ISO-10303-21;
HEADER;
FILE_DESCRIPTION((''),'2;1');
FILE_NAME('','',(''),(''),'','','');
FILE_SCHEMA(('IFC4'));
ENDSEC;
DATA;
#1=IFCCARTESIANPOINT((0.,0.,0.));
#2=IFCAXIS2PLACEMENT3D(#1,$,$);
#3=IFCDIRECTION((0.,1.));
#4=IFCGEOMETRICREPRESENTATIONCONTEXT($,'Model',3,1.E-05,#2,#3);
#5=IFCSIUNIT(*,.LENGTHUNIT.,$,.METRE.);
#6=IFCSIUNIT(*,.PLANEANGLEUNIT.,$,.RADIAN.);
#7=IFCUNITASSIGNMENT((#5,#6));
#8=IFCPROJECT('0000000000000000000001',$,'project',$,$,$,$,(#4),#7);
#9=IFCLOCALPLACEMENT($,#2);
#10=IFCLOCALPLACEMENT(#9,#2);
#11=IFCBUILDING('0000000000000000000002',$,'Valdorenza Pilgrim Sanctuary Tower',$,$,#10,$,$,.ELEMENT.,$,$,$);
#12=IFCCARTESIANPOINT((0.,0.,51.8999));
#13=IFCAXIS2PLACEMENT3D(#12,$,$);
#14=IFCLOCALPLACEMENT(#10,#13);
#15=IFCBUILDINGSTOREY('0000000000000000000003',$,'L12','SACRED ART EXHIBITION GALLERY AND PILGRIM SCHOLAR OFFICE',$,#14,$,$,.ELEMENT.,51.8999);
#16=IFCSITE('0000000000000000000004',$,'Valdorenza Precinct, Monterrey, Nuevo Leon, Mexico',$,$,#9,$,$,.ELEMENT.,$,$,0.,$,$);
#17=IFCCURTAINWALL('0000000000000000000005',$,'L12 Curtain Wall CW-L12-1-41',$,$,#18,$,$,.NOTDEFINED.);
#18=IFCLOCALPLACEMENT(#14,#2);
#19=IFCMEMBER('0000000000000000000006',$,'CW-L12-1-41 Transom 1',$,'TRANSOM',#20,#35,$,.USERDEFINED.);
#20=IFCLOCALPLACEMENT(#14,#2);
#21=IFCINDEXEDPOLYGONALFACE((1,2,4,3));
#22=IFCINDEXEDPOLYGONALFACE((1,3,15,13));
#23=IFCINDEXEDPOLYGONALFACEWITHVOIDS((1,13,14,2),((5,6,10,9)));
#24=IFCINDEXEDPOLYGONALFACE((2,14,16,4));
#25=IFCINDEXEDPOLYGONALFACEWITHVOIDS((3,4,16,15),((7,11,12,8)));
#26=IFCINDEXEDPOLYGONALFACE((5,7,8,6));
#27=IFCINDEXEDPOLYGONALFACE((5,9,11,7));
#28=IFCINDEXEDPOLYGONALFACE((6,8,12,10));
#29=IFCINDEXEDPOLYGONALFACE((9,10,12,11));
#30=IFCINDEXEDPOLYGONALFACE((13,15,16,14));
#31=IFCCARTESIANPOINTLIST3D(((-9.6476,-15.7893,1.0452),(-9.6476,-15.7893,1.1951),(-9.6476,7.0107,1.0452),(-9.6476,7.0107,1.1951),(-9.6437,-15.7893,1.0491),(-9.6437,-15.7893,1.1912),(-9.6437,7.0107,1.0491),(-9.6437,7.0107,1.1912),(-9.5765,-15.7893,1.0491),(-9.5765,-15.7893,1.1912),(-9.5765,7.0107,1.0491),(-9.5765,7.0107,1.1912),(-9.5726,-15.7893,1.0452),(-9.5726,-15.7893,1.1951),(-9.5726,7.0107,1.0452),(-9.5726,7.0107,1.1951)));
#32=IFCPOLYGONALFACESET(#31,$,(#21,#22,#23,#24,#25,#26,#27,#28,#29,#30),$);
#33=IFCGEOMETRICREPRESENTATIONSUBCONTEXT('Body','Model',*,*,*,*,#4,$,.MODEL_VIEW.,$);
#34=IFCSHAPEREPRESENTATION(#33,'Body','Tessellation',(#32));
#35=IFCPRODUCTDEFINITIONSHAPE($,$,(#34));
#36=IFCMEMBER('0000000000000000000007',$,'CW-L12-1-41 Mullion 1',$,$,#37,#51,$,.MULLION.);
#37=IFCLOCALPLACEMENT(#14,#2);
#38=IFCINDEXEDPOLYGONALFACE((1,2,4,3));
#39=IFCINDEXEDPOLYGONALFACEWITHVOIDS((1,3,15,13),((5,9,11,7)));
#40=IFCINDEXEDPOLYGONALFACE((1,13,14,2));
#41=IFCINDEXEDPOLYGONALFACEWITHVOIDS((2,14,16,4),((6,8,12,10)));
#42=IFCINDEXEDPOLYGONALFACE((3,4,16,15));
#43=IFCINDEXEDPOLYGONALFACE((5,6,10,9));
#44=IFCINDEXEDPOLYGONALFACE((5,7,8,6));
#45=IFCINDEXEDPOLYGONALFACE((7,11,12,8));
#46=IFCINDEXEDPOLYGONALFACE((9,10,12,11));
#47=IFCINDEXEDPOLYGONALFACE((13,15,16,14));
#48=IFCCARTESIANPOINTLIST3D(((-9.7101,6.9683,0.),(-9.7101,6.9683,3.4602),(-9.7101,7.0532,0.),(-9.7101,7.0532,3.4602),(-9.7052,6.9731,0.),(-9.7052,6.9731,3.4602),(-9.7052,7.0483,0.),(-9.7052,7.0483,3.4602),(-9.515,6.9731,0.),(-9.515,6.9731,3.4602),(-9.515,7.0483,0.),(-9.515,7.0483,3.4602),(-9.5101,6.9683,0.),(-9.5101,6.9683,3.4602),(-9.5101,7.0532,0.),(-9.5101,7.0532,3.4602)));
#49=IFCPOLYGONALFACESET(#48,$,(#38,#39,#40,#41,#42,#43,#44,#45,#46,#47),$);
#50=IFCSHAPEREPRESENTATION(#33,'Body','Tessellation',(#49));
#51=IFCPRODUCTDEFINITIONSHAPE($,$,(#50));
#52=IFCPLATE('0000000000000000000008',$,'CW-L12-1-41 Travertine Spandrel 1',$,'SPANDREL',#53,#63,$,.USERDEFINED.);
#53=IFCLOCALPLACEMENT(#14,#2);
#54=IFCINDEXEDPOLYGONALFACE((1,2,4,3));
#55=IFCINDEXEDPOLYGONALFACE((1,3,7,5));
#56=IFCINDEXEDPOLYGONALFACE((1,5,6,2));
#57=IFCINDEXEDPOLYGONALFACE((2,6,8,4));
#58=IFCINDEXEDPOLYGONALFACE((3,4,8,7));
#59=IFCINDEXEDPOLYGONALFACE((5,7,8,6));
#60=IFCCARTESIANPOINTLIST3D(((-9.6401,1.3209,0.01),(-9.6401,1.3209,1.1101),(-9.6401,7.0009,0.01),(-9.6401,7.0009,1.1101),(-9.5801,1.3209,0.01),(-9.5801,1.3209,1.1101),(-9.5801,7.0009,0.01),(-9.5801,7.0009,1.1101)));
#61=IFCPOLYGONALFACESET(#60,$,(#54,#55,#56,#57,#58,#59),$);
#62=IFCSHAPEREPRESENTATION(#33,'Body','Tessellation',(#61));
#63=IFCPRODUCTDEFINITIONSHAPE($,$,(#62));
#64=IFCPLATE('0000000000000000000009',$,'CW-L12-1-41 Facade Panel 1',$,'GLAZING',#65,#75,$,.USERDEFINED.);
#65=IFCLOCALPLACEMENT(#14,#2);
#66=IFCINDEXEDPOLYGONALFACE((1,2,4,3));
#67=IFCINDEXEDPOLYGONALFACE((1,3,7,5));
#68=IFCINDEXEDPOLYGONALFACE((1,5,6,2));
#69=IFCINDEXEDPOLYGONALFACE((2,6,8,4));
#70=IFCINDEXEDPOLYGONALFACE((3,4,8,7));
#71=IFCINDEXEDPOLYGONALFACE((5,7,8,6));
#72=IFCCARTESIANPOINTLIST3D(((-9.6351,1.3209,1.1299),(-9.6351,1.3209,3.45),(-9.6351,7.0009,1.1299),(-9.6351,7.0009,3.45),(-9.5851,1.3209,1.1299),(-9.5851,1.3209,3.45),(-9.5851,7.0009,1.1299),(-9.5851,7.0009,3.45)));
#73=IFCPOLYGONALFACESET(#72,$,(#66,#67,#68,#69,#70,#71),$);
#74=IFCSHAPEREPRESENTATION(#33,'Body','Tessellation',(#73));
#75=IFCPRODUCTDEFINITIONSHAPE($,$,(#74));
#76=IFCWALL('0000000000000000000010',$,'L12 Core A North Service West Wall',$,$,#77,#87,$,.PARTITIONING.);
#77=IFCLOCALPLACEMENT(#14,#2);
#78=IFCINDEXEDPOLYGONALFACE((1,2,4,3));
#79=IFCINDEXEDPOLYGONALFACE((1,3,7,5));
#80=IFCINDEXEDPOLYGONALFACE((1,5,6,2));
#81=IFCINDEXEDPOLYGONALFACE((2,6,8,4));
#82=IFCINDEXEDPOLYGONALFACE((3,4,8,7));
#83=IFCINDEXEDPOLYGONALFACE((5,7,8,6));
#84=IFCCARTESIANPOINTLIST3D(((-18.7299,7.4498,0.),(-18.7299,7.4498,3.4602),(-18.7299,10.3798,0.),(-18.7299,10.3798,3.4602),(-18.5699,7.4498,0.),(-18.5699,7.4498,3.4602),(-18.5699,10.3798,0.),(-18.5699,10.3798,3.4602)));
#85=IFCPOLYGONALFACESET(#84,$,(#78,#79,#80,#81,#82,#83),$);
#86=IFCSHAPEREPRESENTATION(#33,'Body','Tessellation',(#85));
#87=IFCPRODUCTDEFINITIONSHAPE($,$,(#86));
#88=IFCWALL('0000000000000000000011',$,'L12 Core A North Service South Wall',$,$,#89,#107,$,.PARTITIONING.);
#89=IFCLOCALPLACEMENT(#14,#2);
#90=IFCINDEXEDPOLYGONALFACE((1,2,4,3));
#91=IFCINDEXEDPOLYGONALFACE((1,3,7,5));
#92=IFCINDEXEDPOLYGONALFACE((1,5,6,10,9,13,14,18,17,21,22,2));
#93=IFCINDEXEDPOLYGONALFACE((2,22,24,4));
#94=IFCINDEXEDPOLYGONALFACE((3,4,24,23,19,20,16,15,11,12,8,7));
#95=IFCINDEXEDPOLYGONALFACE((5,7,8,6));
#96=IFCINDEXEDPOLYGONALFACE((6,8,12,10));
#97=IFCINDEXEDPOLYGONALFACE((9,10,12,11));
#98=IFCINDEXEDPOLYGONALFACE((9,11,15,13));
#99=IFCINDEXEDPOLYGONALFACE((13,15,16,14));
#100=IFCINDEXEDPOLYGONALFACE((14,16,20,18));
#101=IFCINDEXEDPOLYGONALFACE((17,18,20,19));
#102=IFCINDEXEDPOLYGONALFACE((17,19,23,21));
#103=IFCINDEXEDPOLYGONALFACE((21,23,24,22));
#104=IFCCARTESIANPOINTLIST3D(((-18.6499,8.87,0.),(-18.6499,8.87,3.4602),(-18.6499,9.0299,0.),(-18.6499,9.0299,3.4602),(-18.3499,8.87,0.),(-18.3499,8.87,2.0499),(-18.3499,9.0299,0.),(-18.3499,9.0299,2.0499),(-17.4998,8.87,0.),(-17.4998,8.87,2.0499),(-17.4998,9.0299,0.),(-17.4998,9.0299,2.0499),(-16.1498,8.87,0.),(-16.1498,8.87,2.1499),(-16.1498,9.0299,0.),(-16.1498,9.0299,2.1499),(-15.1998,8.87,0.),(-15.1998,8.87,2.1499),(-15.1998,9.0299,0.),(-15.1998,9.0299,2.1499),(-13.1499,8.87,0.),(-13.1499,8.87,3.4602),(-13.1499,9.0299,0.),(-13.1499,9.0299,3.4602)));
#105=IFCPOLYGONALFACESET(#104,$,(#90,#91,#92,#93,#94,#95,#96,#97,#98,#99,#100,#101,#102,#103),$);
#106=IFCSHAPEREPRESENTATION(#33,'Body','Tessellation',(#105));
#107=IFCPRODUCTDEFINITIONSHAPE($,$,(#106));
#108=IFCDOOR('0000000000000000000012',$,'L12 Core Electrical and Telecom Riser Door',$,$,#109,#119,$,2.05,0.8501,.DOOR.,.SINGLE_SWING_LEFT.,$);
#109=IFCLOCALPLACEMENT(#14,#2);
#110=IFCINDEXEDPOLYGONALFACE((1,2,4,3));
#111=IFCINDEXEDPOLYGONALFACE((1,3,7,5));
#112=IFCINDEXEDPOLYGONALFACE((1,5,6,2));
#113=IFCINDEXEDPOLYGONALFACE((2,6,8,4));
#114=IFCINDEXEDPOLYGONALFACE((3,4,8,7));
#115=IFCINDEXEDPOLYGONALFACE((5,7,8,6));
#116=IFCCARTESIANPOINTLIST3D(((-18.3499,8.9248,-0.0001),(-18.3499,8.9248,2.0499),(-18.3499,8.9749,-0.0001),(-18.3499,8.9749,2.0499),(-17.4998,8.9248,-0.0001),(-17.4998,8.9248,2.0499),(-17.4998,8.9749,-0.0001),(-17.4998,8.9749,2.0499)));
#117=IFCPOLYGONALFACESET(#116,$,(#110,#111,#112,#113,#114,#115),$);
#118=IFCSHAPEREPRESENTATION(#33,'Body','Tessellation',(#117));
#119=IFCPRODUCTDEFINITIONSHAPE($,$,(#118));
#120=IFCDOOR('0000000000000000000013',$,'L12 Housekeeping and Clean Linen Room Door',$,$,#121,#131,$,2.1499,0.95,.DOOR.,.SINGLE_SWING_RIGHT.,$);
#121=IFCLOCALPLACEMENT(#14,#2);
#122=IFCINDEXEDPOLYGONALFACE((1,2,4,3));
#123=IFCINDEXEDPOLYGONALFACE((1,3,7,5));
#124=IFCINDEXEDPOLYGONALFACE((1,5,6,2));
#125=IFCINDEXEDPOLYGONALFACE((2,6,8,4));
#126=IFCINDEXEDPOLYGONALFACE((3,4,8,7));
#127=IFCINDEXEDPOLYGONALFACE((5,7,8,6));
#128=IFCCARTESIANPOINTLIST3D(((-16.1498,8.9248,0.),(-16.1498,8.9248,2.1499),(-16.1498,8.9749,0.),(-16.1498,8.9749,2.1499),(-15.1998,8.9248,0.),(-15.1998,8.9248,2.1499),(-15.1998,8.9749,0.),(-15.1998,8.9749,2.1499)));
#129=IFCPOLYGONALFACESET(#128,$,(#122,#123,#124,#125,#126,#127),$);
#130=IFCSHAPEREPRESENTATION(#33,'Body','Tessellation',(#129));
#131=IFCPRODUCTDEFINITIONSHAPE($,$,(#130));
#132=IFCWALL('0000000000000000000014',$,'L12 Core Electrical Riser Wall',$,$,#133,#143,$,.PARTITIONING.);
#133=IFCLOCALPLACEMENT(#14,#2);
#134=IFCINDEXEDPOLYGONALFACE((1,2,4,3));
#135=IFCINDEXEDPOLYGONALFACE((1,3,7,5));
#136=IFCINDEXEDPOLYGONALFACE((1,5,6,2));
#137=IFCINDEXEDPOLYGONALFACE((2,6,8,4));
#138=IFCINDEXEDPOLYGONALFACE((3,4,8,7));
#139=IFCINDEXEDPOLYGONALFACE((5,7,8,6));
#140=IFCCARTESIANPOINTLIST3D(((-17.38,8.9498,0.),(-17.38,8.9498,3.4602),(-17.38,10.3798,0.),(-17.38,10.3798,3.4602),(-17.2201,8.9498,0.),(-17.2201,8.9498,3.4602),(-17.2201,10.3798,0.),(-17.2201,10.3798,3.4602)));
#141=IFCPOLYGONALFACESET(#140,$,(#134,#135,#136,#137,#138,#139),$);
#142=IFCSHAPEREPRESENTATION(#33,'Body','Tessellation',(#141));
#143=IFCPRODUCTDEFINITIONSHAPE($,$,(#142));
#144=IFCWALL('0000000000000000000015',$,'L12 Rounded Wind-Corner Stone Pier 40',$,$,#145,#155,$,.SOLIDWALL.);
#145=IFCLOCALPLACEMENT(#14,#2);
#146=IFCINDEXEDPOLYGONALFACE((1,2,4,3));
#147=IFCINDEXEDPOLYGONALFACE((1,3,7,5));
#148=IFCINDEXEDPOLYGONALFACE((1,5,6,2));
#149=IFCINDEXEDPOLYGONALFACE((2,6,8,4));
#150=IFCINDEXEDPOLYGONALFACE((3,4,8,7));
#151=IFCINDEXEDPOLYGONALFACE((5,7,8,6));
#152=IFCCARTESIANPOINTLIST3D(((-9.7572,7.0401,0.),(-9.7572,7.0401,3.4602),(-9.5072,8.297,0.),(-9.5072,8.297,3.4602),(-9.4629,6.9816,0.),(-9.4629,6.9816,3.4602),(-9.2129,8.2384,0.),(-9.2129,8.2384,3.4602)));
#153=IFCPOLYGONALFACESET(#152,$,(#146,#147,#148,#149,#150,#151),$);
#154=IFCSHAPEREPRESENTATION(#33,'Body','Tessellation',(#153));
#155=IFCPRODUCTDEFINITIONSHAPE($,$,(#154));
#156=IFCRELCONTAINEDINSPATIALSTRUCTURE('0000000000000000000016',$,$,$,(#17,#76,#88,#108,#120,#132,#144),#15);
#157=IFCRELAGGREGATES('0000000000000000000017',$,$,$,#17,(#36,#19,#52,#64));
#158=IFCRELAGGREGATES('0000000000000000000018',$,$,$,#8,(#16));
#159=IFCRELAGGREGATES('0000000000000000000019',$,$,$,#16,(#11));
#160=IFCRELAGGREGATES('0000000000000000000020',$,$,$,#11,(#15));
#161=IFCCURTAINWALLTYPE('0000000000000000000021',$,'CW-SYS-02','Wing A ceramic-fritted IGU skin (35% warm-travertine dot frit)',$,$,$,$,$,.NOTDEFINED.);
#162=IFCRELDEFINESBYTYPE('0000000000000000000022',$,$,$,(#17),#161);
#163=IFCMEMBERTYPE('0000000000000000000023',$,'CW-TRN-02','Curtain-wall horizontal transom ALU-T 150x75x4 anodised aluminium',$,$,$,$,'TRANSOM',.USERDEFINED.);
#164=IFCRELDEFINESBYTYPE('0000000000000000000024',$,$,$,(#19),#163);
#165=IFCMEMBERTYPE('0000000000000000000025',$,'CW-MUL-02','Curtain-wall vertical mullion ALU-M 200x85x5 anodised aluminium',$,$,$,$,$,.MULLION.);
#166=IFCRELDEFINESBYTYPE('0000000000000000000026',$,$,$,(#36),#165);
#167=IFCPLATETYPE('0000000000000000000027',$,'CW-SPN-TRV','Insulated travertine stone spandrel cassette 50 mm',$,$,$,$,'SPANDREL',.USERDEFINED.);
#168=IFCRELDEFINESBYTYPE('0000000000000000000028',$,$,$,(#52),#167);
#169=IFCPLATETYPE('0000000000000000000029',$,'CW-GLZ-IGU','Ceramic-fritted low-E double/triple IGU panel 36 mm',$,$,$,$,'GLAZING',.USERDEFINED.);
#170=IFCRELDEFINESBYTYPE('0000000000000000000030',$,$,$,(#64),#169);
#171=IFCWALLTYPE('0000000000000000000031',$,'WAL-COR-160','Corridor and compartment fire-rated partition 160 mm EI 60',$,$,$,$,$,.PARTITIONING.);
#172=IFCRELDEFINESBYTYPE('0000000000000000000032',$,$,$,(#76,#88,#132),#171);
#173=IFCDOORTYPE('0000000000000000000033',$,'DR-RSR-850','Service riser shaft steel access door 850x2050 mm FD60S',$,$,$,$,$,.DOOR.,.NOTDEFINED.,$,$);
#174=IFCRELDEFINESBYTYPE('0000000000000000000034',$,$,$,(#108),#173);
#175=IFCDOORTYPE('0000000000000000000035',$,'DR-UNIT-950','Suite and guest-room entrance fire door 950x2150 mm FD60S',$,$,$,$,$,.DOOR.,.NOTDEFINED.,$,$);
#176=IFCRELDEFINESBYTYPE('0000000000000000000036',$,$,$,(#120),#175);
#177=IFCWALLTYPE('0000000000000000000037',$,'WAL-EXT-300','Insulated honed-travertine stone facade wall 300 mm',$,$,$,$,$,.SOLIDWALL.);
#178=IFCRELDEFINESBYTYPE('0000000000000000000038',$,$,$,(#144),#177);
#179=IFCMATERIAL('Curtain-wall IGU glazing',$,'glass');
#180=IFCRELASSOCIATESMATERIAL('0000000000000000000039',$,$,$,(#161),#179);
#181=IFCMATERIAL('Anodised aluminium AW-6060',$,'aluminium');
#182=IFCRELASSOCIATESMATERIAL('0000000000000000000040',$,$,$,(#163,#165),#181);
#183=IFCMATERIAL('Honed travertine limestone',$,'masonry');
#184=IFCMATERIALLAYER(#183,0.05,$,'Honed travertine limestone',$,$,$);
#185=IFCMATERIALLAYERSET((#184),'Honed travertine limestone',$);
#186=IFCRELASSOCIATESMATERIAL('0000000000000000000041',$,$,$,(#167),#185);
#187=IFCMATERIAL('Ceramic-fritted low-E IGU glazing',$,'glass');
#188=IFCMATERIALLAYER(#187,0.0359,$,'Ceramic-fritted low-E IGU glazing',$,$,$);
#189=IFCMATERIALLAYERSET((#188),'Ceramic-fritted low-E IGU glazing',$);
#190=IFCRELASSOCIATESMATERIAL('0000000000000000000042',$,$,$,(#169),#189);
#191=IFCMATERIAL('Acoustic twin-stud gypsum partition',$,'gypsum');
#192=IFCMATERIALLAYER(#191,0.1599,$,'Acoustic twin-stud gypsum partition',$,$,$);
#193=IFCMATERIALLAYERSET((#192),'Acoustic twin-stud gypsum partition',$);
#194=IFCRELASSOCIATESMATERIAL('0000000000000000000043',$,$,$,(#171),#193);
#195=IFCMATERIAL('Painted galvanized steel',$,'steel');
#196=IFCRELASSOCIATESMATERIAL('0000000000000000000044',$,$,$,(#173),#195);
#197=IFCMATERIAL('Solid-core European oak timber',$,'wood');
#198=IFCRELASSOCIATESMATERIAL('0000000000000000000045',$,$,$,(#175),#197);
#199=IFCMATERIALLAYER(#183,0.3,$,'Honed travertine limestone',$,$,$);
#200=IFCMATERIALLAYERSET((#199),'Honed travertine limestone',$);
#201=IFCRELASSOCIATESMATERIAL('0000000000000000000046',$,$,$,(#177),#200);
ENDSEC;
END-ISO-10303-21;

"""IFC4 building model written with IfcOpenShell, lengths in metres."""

from ifc_helpers import new_model, si_unit, direction, frame, frame_2d, origin, origin_2d, place, context, subcontext, project, spatial, rectangle, hollow_rectangle, extrude, source, transform, mapped, material, layer, layer_set, material_profile, profile_set, type_object, element, fill, aggregate, save


model = new_model("IFC4")

# Units and contexts
model_context = context("Model", 3, precision=1e-05, world=origin(), true_north=direction((0.0, 1.0)))
body_context = subcontext(model_context, "Body", "Model", "MODEL_VIEW")
ifc_project = project(units=[si_unit("LENGTHUNIT", "METRE"), si_unit("PLANEANGLEUNIT", "RADIAN")], contexts=[model_context])

# Site, building, storey
site_placement = place(None, origin())
site = spatial("IfcSite", under=ifc_project, at=site_placement, Name="Valdorenza Precinct, Monterrey, Nuevo Leon, Mexico", CompositionType="ELEMENT", RefElevation=0.0)
building_placement = place(site_placement, origin())
building = spatial("IfcBuilding", under=site, at=building_placement, Name="Valdorenza Pilgrim Sanctuary Tower", CompositionType="ELEMENT")
storey_placement = place(building_placement, frame((0.0, 0.0, 51.8999)))
storey = spatial("IfcBuildingStorey", under=building, at=storey_placement, Name="L12", Description="SACRED ART EXHIBITION GALLERY AND PILGRIM SCHOLAR OFFICE", CompositionType="ELEMENT", Elevation=51.8999)

# Curtain wall, members, plates
ifc_material_1 = material(Name="Curtain-wall IGU glazing", Category="glass")
curtain_wall_type = type_object("IfcCurtainWallType", Name="CW-SYS-02", Description="Wing A ceramic-fritted IGU skin (35% warm-travertine dot frit)", PredefinedType="NOTDEFINED", material=ifc_material_1)
curtain_wall_placement = place(storey_placement, origin())
curtain_wall = element("IfcCurtainWall", 1, at=curtain_wall_placement, inside=storey, type_object=curtain_wall_type, Name="L12 Curtain Wall CW-L12-1-41", PredefinedType="NOTDEFINED")
ifc_material_2 = material(Name="Anodised aluminium AW-6060", Category="aluminium")
ifc_material_profile_1 = material_profile(ifc_material_2, hollow_rectangle(XDim=0.075, YDim=0.1499, WallThickness=0.0039, at=origin_2d()), Name="ALU-T 150x75x4")
ifc_profile_set_1 = profile_set([ifc_material_profile_1], Name="Anodised aluminium AW-6060")
member_type_1 = type_object("IfcMemberType", Name="CW-TRN-02", Description="Curtain-wall horizontal transom ALU-T 150x75x4 anodised aluminium", ElementType="TRANSOM", PredefinedType="USERDEFINED", material=ifc_profile_set_1)
shared_shape_1 = source(origin(), body_context, "Body", "SweptSolid", [
    extrude(hollow_rectangle(XDim=0.075, YDim=0.1499, WallThickness=0.0039, at=origin_2d()), origin(), (0.0, 0.0, 1.0), 22.8),
])
member_1_placement = place(storey_placement, frame((-9.6101, 7.0107, 1.1201), z_axis=(0.0, -1.0, 0.0), x_axis=(1.0, 0.0, 0.0)))
member_1 = element("IfcMember", 2, at=member_1_placement, type_object=member_type_1, Name="CW-L12-1-41 Transom 1", ObjectType="TRANSOM", PredefinedType="USERDEFINED", context=body_context, shape_type="MappedRepresentation", body=[
    mapped(shared_shape_1, transform((0.0, 0.0, 0.0), x_axis=(1.0, 0.0, 0.0), y_axis=(0.0, 1.0, 0.0), z_axis=(0.0, 0.0, 1.0), scale=1.0)),
])
ifc_material_profile_2 = material_profile(ifc_material_2, hollow_rectangle(XDim=0.085, YDim=0.2, WallThickness=0.0049, at=origin_2d()), Name="ALU-M 200x85x5")
ifc_profile_set_2 = profile_set([ifc_material_profile_2], Name="Anodised aluminium AW-6060")
member_type_2 = type_object("IfcMemberType", Name="CW-MUL-02", Description="Curtain-wall vertical mullion ALU-M 200x85x5 anodised aluminium", PredefinedType="MULLION", material=ifc_profile_set_2)
shared_shape_2 = source(origin(), body_context, "Body", "SweptSolid", [
    extrude(hollow_rectangle(XDim=0.085, YDim=0.2, WallThickness=0.0049, at=origin_2d()), origin(), (0.0, 0.0, 1.0), 3.4602),
])
member_2_placement = place(storey_placement, frame((-9.6101, 7.0107, 0.0), z_axis=(0.0, 0.0, 1.0), x_axis=(0.0, -1.0, 0.0)))
member_2 = element("IfcMember", 3, at=member_2_placement, type_object=member_type_2, Name="CW-L12-1-41 Mullion 1", PredefinedType="MULLION", context=body_context, shape_type="MappedRepresentation", body=[
    mapped(shared_shape_2, transform((0.0, 0.0, 0.0), x_axis=(1.0, 0.0, 0.0), y_axis=(0.0, 1.0, 0.0), z_axis=(0.0, 0.0, 1.0), scale=1.0)),
])
ifc_material_3 = material(Name="Honed travertine limestone", Category="masonry")
ifc_layer_1 = layer(ifc_material_3, 0.05, Name="Honed travertine limestone")
ifc_layer_set_1 = layer_set([ifc_layer_1], Name="Honed travertine limestone")
plate_type_1 = type_object("IfcPlateType", Name="CW-SPN-TRV", Description="Insulated travertine stone spandrel cassette 50 mm", ElementType="SPANDREL", PredefinedType="USERDEFINED", material=ifc_layer_set_1)
shared_shape_3 = source(origin(), body_context, "Body", "SweptSolid", [
    extrude(rectangle(XDim=5.6799, YDim=0.0601, at=origin_2d()), origin(), (0.0, 0.0, 1.0), 1.1001),
])
plate_1_placement = place(storey_placement, frame((-9.6101, 4.1609, 0.01), z_axis=(0.0, 0.0, 1.0), x_axis=(0.0, -1.0, 0.0)))
plate_1 = element("IfcPlate", 4, at=plate_1_placement, type_object=plate_type_1, Name="CW-L12-1-41 Travertine Spandrel 1", ObjectType="SPANDREL", PredefinedType="USERDEFINED", context=body_context, shape_type="MappedRepresentation", body=[
    mapped(shared_shape_3, transform((0.0, 0.0, 0.0), x_axis=(1.0, 0.0, 0.0), y_axis=(0.0, 1.0, 0.0), z_axis=(0.0, 0.0, 1.0), scale=1.0)),
])
ifc_material_4 = material(Name="Ceramic-fritted low-E IGU glazing", Category="glass")
ifc_layer_2 = layer(ifc_material_4, 0.0359, Name="Ceramic-fritted low-E IGU glazing")
ifc_layer_set_2 = layer_set([ifc_layer_2], Name="Ceramic-fritted low-E IGU glazing")
plate_type_2 = type_object("IfcPlateType", Name="CW-GLZ-IGU", Description="Ceramic-fritted low-E double/triple IGU panel 36 mm", ElementType="GLAZING", PredefinedType="USERDEFINED", material=ifc_layer_set_2)
shared_shape_4 = source(origin(), body_context, "Body", "SweptSolid", [
    extrude(rectangle(XDim=5.6799, YDim=0.05, at=origin_2d()), origin(), (0.0, 0.0, 1.0), 2.3201),
])
plate_2_placement = place(storey_placement, frame((-9.6101, 4.1609, 1.1299), z_axis=(0.0, 0.0, 1.0), x_axis=(0.0, -1.0, 0.0)))
plate_2 = element("IfcPlate", 5, at=plate_2_placement, type_object=plate_type_2, Name="CW-L12-1-41 Facade Panel 1", ObjectType="GLAZING", PredefinedType="USERDEFINED", context=body_context, shape_type="MappedRepresentation", body=[
    mapped(shared_shape_4, transform((0.0, 0.0, 0.0), x_axis=(1.0, 0.0, 0.0), y_axis=(0.0, 1.0, 0.0), z_axis=(0.0, 0.0, 1.0), scale=1.0)),
])
aggregate(curtain_wall, [member_2, member_1, plate_1, plate_2])

# Wall
ifc_material_5 = material(Name="Acoustic twin-stud gypsum partition", Category="gypsum")
ifc_layer_3 = layer(ifc_material_5, 0.1599, Name="Acoustic twin-stud gypsum partition")
ifc_layer_set_3 = layer_set([ifc_layer_3], Name="Acoustic twin-stud gypsum partition")
wall_type_1 = type_object("IfcWallType", Name="WAL-COR-160", Description="Corridor and compartment fire-rated partition 160 mm EI 60", PredefinedType="PARTITIONING", material=ifc_layer_set_3)
wall_1_placement = place(storey_placement, frame((-18.6499, 7.45, 0.0), z_axis=(0.0, 0.0, 1.0), x_axis=(0.0, 1.0, 0.0)))
element("IfcWall", 6, at=wall_1_placement, inside=storey, type_object=wall_type_1, Name="L12 Core A North Service West Wall", PredefinedType="PARTITIONING", context=body_context, shape_type="SweptSolid", body=[
    extrude(rectangle(XDim=2.9299, YDim=0.1599, at=frame_2d((1.4648, 0.0))), origin(), (0.0, 0.0, 1.0), 3.4602),
])

# Wall, openings, doors
wall_2_placement = place(storey_placement, frame((-18.6499, 8.95, 0.0), z_axis=(0.0, 0.0, 1.0), x_axis=(1.0, 0.0, 0.0)))
wall_2 = element("IfcWall", 7, at=wall_2_placement, inside=storey, type_object=wall_type_1, Name="L12 Core A North Service South Wall", PredefinedType="PARTITIONING", context=body_context, shape_type="SweptSolid", body=[
    extrude(rectangle(XDim=5.5, YDim=0.1599, at=frame_2d((2.75, 0.0))), origin(), (0.0, 0.0, 1.0), 3.4602),
])
opening_1_placement = place(wall_2_placement, frame((0.3, 0.0, 0.0)))
opening_1 = element("IfcOpeningElement", 8, at=opening_1_placement, cuts=wall_2, PredefinedType="OPENING", context=body_context, shape_type="SweptSolid", body=[
    extrude(rectangle(XDim=0.8501, YDim=2.05, at=frame_2d((0.425, 1.0249))), frame((0.0, 0.0947, 0.0), z_axis=(0.0, -1.0, 0.0), x_axis=(1.0, 0.0, 0.0)), (0.0, 0.0, 1.0), 0.1897),
])
opening_2_placement = place(wall_2_placement, frame((2.5, 0.0, 0.0)))
opening_2 = element("IfcOpeningElement", 9, at=opening_2_placement, cuts=wall_2, PredefinedType="OPENING", context=body_context, shape_type="SweptSolid", body=[
    extrude(rectangle(XDim=0.95, YDim=2.1499, at=frame_2d((0.4751, 1.075))), frame((0.0, 0.0947, 0.0), z_axis=(0.0, -1.0, 0.0), x_axis=(1.0, 0.0, 0.0)), (0.0, 0.0, 1.0), 0.1897),
])
ifc_material_6 = material(Name="Painted galvanized steel", Category="steel")
door_type_1 = type_object("IfcDoorType", Name="DR-RSR-850", Description="Service riser shaft steel access door 850x2050 mm FD60S", OperationType="NOTDEFINED", PredefinedType="DOOR", material=ifc_material_6)
door_1_placement = place(opening_1_placement, origin())
door_1 = element("IfcDoor", 10, at=door_1_placement, inside=storey, type_object=door_type_1, Name="L12 Core Electrical and Telecom Riser Door", OperationType="SINGLE_SWING_LEFT", OverallHeight=2.05, OverallWidth=0.8501, PredefinedType="DOOR", context=body_context, shape_type="SweptSolid", body=[
    extrude(rectangle(XDim=0.8501, YDim=2.05, at=frame_2d((0.425, 1.0249))), frame((0.0, 0.0249, 0.0), z_axis=(0.0, -1.0, 0.0), x_axis=(1.0, 0.0, 0.0)), (0.0, 0.0, 1.0), 0.05),
])
fill(opening_1, door_1)
ifc_material_7 = material(Name="Solid-core European oak timber", Category="wood")
door_type_2 = type_object("IfcDoorType", Name="DR-UNIT-950", Description="Suite and guest-room entrance fire door 950x2150 mm FD60S", OperationType="NOTDEFINED", PredefinedType="DOOR", material=ifc_material_7)
door_2_placement = place(opening_2_placement, origin())
door_2 = element("IfcDoor", 11, at=door_2_placement, inside=storey, type_object=door_type_2, Name="L12 Housekeeping and Clean Linen Room Door", OperationType="SINGLE_SWING_RIGHT", OverallHeight=2.1499, OverallWidth=0.95, PredefinedType="DOOR", context=body_context, shape_type="SweptSolid", body=[
    extrude(rectangle(XDim=0.95, YDim=2.1499, at=frame_2d((0.4751, 1.075))), frame((0.0, 0.0249, 0.0), z_axis=(0.0, -1.0, 0.0), x_axis=(1.0, 0.0, 0.0)), (0.0, 0.0, 1.0), 0.05),
])
fill(opening_2, door_2)

# Walls
wall_3_placement = place(storey_placement, frame((-17.3, 8.95, 0.0), z_axis=(0.0, 0.0, 1.0), x_axis=(0.0, 1.0, 0.0)))
element("IfcWall", 12, at=wall_3_placement, inside=storey, type_object=wall_type_1, Name="L12 Core Electrical Riser Wall", PredefinedType="PARTITIONING", context=body_context, shape_type="SweptSolid", body=[
    extrude(rectangle(XDim=1.4299, YDim=0.1599, at=frame_2d((0.7148, 0.0))), origin(), (0.0, 0.0, 1.0), 3.4602),
])
ifc_layer_4 = layer(ifc_material_3, 0.3, Name="Honed travertine limestone")
ifc_layer_set_4 = layer_set([ifc_layer_4], Name="Honed travertine limestone")
wall_type_2 = type_object("IfcWallType", Name="WAL-EXT-300", Description="Insulated honed-travertine stone facade wall 300 mm", PredefinedType="SOLIDWALL", material=ifc_layer_set_4)
wall_4_placement = place(storey_placement, frame((-9.3601, 8.2676, 0.0), z_axis=(0.0, 0.0, 1.0), x_axis=(-0.19509, -0.980785, 0.0)))
element("IfcWall", 13, at=wall_4_placement, inside=storey, type_object=wall_type_2, Name="L12 Rounded Wind-Corner Stone Pier 40", PredefinedType="SOLIDWALL", context=body_context, shape_type="SweptSolid", body=[
    extrude(rectangle(XDim=1.2815, YDim=0.3, at=frame_2d((0.6406, 0.0))), origin(), (0.0, 0.0, 1.0), 3.4602),
])

save(model, "model.ifc")
